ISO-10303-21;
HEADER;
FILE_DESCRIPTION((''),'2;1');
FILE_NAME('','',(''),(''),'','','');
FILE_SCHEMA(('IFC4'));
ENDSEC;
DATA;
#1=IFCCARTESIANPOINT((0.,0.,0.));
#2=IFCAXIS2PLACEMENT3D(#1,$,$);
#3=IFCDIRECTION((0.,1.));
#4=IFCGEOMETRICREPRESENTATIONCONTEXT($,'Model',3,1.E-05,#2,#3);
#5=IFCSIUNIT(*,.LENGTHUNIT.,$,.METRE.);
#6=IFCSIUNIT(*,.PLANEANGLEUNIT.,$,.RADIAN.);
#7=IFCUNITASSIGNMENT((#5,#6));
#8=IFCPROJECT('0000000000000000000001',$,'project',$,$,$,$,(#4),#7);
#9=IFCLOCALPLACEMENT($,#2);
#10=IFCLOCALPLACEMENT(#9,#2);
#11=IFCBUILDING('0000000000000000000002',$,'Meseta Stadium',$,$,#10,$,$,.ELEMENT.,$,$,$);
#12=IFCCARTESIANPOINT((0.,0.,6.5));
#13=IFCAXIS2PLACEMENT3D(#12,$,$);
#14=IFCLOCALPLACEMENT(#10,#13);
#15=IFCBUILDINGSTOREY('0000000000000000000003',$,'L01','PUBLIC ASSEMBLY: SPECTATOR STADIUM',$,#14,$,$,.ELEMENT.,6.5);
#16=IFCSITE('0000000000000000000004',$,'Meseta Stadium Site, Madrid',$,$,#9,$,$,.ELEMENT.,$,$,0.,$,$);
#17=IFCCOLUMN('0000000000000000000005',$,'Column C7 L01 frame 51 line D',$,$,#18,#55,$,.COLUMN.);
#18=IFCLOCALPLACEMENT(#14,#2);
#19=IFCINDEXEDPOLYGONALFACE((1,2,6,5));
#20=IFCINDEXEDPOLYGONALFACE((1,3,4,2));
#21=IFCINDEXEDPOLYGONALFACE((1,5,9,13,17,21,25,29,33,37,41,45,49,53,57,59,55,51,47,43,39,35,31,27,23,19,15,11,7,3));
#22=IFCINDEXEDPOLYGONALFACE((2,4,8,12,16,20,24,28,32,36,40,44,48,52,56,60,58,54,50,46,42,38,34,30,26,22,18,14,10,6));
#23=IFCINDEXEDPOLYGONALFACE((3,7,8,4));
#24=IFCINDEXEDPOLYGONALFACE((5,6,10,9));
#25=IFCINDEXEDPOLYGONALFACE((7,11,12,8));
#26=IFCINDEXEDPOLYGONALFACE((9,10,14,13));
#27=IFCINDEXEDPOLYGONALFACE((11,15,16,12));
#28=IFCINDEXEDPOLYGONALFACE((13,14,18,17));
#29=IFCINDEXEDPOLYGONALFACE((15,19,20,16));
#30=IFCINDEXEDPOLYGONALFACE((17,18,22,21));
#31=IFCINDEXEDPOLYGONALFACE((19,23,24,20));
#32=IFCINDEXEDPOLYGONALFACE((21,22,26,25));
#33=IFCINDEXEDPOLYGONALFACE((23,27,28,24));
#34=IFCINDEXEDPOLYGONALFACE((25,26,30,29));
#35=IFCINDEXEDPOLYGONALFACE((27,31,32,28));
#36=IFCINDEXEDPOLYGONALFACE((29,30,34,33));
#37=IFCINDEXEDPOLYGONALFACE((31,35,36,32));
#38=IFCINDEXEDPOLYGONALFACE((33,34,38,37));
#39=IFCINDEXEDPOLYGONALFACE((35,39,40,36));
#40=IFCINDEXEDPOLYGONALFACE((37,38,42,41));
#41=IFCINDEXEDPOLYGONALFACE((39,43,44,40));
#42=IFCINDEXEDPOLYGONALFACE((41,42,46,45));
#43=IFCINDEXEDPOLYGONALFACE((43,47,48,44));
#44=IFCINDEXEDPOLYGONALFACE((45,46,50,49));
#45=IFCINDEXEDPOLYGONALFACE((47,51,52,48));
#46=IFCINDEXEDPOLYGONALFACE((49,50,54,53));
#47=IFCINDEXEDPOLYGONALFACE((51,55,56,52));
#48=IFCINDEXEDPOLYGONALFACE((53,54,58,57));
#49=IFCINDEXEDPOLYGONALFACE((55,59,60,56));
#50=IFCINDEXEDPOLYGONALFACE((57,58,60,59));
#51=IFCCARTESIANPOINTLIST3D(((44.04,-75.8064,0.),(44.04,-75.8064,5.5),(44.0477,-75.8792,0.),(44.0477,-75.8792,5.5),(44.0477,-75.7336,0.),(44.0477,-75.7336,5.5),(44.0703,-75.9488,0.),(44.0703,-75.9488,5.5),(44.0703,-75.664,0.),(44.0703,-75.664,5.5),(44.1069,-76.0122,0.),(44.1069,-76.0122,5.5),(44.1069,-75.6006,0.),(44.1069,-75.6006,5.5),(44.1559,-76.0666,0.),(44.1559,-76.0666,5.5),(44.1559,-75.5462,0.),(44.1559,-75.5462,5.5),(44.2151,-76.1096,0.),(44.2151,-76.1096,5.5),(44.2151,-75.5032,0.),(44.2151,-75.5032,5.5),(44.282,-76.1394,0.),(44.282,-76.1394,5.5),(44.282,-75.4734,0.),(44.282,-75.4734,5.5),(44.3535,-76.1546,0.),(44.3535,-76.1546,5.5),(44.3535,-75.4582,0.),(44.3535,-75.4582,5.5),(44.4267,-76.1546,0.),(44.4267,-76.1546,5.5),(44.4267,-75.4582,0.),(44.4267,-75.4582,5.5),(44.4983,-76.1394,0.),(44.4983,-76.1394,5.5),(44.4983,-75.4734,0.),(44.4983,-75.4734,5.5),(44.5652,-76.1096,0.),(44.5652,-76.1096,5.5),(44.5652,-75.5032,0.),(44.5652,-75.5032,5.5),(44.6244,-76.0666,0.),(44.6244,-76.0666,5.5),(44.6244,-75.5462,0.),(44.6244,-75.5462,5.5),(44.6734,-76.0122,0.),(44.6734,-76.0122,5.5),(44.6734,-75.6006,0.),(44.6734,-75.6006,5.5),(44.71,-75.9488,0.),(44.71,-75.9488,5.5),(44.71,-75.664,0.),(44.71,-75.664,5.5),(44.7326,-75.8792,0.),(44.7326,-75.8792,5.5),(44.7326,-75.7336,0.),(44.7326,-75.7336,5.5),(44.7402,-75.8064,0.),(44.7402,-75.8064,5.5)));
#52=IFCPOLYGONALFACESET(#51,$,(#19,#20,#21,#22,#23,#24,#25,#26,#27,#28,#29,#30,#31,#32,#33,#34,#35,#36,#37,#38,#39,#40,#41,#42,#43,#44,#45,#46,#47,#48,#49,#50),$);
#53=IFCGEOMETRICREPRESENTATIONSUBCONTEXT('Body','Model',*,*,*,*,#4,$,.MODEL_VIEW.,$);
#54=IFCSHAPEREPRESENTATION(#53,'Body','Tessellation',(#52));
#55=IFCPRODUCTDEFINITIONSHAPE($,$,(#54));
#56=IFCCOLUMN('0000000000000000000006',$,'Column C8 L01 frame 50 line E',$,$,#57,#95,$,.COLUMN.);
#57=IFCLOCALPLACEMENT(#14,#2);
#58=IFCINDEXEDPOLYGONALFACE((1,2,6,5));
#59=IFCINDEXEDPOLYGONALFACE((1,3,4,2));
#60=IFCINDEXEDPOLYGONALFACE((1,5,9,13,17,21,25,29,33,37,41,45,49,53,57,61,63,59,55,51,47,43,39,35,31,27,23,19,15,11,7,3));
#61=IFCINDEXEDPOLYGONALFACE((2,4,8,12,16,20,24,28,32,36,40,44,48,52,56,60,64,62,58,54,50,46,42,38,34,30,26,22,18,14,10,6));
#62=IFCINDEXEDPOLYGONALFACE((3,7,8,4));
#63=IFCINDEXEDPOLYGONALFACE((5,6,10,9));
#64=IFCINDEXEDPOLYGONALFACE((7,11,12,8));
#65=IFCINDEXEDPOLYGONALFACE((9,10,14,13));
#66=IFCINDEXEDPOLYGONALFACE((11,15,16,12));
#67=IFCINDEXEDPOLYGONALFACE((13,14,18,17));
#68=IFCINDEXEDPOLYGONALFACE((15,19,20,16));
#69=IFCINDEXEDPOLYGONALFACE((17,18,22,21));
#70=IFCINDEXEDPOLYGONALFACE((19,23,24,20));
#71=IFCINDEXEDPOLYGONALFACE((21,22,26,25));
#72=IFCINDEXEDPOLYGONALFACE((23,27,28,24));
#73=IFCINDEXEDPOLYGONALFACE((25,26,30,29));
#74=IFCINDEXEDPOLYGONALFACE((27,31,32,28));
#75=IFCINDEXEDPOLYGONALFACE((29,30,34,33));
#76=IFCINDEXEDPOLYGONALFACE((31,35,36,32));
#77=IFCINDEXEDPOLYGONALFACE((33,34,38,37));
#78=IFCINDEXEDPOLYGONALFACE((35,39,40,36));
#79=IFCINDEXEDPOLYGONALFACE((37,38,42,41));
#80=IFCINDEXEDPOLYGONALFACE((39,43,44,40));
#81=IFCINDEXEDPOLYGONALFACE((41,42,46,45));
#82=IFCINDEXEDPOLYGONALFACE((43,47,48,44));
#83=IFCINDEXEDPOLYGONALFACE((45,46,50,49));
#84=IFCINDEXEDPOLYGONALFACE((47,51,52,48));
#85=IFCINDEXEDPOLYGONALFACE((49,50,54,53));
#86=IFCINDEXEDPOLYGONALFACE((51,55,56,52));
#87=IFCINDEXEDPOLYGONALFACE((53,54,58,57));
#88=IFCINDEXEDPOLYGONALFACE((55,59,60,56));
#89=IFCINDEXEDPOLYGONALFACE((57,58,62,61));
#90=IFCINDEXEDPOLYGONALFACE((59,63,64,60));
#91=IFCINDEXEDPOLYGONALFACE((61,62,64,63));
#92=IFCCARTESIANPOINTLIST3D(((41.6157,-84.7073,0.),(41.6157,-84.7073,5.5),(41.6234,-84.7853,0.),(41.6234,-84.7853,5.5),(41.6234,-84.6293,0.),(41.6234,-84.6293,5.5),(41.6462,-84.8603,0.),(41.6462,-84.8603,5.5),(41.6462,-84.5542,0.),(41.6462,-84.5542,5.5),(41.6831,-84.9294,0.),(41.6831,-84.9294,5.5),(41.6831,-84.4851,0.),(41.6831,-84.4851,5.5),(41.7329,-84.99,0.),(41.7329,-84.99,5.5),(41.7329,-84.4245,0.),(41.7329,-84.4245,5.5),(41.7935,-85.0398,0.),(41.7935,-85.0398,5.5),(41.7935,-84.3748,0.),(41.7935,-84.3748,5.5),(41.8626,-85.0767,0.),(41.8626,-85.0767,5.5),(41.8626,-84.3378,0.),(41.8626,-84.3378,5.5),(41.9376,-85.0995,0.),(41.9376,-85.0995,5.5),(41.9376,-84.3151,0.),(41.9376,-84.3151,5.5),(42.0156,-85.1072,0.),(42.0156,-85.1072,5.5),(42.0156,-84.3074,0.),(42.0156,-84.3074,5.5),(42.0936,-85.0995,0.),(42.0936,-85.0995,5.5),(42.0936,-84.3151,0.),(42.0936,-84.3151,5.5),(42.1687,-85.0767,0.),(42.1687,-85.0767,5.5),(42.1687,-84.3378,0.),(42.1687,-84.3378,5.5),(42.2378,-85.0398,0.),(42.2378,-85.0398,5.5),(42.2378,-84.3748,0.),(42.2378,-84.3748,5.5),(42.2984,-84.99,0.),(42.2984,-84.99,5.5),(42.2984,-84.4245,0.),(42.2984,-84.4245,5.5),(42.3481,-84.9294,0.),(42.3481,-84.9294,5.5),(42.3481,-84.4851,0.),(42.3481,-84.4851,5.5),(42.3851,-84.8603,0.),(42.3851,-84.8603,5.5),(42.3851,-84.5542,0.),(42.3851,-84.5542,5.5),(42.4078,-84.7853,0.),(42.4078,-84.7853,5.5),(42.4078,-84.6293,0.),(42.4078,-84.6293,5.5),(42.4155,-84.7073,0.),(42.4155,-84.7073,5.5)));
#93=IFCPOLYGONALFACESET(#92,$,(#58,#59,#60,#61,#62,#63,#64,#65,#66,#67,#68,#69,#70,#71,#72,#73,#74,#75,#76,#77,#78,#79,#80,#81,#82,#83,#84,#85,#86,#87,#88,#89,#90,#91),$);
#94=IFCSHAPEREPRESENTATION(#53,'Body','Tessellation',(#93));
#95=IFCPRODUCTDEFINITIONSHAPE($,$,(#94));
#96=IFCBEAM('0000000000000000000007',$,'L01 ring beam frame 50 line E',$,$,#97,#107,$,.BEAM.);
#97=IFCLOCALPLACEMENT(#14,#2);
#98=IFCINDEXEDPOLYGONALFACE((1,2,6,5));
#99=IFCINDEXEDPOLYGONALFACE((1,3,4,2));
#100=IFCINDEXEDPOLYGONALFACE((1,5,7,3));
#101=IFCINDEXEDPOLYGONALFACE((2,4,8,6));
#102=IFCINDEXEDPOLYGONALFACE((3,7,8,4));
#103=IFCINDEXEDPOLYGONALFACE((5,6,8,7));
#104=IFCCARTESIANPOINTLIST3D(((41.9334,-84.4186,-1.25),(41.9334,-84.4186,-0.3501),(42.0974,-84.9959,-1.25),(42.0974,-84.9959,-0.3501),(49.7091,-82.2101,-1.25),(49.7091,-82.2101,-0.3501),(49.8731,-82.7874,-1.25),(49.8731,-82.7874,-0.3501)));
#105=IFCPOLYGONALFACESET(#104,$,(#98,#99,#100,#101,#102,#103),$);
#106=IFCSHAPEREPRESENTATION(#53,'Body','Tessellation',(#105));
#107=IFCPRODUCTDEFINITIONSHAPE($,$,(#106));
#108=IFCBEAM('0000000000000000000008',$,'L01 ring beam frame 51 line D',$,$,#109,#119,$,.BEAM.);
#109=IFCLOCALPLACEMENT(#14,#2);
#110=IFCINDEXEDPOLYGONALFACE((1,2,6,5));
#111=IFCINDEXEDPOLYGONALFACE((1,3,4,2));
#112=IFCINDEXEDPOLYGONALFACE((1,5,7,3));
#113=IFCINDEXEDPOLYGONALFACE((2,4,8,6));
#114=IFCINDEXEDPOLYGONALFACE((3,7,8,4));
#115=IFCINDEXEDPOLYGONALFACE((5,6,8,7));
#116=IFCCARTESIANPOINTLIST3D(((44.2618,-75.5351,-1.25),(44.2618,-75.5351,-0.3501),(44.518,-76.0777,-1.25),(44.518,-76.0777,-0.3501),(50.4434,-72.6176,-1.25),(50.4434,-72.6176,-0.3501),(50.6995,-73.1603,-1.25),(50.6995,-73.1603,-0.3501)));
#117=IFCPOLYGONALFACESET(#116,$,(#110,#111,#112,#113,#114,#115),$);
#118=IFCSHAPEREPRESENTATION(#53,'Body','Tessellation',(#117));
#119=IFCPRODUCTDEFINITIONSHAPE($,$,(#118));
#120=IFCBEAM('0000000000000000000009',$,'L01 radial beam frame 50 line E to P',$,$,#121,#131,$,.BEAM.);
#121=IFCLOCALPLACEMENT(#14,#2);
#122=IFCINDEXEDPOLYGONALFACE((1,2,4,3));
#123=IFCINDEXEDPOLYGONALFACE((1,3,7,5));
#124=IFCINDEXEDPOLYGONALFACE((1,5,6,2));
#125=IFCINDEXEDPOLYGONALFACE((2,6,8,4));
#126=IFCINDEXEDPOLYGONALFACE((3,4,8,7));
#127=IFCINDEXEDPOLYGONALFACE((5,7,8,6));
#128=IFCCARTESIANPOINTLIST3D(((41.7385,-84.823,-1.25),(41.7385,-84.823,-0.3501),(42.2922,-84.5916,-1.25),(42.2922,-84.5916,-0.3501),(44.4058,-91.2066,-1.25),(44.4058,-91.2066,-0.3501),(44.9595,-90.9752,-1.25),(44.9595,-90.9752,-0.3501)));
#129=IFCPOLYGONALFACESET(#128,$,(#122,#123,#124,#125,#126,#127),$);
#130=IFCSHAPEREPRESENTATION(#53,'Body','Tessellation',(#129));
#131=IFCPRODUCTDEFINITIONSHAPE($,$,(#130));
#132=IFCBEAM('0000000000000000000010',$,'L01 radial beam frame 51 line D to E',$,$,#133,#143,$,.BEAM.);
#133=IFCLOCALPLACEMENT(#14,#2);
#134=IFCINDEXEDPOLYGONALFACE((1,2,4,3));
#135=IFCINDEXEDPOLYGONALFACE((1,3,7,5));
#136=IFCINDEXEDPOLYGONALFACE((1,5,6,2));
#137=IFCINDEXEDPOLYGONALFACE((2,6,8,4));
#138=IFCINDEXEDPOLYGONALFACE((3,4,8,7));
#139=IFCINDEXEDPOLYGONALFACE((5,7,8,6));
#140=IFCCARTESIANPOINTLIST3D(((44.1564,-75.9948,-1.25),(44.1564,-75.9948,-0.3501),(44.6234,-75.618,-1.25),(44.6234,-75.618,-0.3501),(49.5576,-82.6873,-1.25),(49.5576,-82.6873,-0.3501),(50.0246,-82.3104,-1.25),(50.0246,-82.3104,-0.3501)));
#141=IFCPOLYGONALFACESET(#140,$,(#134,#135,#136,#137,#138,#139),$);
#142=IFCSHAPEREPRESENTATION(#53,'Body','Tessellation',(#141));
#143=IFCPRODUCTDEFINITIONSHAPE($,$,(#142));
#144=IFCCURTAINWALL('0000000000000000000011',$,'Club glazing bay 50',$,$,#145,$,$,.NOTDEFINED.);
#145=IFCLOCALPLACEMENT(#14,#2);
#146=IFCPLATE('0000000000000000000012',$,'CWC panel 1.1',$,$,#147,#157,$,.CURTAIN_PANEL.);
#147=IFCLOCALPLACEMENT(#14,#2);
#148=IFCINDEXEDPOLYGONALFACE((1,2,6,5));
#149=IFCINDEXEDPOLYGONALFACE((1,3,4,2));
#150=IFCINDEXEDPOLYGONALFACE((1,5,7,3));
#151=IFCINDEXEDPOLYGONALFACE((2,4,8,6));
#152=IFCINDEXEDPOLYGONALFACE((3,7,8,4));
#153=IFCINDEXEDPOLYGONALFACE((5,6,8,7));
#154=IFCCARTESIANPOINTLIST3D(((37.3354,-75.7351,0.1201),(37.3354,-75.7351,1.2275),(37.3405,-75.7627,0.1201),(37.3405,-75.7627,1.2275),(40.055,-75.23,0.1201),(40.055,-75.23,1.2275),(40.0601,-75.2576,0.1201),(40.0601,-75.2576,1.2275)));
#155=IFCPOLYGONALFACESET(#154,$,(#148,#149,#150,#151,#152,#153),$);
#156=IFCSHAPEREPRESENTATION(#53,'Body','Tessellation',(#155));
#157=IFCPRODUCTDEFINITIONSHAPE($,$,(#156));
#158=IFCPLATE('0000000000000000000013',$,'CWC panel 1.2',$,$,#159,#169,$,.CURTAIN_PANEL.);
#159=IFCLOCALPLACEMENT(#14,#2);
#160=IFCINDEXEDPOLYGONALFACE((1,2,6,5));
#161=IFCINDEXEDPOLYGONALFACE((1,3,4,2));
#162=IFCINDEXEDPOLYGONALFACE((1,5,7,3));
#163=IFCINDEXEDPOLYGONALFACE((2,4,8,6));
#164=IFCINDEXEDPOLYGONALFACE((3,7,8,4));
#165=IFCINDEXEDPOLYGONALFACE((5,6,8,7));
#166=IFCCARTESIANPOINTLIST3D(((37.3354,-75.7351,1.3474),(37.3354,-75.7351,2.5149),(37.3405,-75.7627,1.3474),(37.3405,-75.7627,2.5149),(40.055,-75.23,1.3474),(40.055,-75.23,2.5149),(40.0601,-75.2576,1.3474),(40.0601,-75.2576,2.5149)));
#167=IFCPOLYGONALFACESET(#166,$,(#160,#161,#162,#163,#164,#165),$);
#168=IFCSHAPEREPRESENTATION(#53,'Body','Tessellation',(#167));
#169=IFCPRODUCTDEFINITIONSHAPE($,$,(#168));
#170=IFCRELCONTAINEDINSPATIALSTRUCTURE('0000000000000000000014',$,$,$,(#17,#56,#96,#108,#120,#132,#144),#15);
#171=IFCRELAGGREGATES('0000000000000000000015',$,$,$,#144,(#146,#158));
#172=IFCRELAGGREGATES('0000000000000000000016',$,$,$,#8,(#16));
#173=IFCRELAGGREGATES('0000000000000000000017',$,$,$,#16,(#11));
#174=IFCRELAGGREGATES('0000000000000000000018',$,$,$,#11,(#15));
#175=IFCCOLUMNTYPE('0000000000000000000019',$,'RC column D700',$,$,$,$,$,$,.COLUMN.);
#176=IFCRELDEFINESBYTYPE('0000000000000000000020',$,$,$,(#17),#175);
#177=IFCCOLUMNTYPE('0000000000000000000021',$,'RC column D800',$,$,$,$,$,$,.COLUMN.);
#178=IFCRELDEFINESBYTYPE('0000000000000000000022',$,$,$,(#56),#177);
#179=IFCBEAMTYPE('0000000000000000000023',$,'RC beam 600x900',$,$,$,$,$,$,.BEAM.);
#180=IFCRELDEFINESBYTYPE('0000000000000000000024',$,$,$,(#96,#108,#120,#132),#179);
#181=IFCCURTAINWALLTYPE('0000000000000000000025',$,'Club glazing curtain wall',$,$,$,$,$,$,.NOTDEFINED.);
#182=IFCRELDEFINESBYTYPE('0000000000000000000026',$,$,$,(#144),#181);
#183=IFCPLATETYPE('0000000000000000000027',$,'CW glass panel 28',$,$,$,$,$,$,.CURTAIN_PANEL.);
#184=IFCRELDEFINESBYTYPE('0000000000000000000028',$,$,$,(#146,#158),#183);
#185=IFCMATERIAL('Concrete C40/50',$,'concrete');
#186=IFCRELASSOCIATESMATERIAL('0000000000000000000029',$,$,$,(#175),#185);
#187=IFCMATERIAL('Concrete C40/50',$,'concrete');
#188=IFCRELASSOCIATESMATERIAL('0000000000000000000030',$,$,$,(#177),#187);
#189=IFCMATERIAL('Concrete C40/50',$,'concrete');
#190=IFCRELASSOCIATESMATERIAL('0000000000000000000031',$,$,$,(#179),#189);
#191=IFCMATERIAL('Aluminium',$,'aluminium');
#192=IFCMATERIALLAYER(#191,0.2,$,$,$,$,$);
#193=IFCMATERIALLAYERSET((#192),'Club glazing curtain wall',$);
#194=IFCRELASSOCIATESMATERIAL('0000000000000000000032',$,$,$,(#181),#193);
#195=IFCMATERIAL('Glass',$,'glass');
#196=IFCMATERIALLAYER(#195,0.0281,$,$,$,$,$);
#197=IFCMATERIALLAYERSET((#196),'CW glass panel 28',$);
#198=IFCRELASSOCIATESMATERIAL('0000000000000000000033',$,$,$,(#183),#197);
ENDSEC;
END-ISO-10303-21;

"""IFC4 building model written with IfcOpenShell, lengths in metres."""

from ifc_helpers import new_model, si_unit, direction, frame, origin, origin_2d, place, context, subcontext, project, spatial, rectangle, circle, extrude, material, layer, layer_set, material_profile, profile_set, type_object, element, aggregate, save


model = new_model("IFC4")

# Units and contexts
model_context = context("Model", 3, precision=1e-05, world=origin(), true_north=direction((0.0, 1.0)))
body_context = subcontext(model_context, "Body", "Model", "MODEL_VIEW")
ifc_project = project(units=[si_unit("LENGTHUNIT", "METRE"), si_unit("PLANEANGLEUNIT", "RADIAN")], contexts=[model_context])

# Site, building, storey
site_placement = place(None, origin())
site = spatial("IfcSite", under=ifc_project, at=site_placement, Name="Meseta Stadium Site, Madrid", CompositionType="ELEMENT", RefElevation=0.0)
building_placement = place(site_placement, origin())
building = spatial("IfcBuilding", under=site, at=building_placement, Name="Meseta Stadium", CompositionType="ELEMENT")
storey_placement = place(building_placement, frame((0.0, 0.0, 6.5)))
storey = spatial("IfcBuildingStorey", under=building, at=storey_placement, Name="L01", Description="PUBLIC ASSEMBLY: SPECTATOR STADIUM", CompositionType="ELEMENT", Elevation=6.5)

# Columns
ifc_material_1 = material(Name="Concrete C40/50", Category="concrete")
ifc_material_profile_1 = material_profile(ifc_material_1, circle(Radius=0.3501, at=origin_2d()), Name="RC D700")
ifc_profile_set_1 = profile_set([ifc_material_profile_1], Name="Concrete C40/50")
column_type_1 = type_object("IfcColumnType", Name="RC column D700", PredefinedType="COLUMN", material=ifc_profile_set_1)
column_1_placement = place(storey_placement, frame((44.3901, -75.8064, 0.0), z_axis=(0.0, 0.0, 1.0), x_axis=(1.0, 0.0, 0.0)))
element("IfcColumn", 1, at=column_1_placement, inside=storey, type_object=column_type_1, Name="Column C7 L01 frame 51 line D", PredefinedType="COLUMN", context=body_context, shape_type="SweptSolid", body=[
    extrude(circle(Radius=0.3501, at=origin_2d()), origin(), (0.0, 0.0, 1.0), 5.5),
])
ifc_material_2 = material(Name="Concrete C40/50", Category="concrete")
ifc_material_profile_2 = material_profile(ifc_material_2, circle(Radius=0.3999, at=origin_2d()), Name="RC D800")
ifc_profile_set_2 = profile_set([ifc_material_profile_2], Name="Concrete C40/50")
column_type_2 = type_object("IfcColumnType", Name="RC column D800", PredefinedType="COLUMN", material=ifc_profile_set_2)
column_2_placement = place(storey_placement, frame((42.0156, -84.7073, 0.0), z_axis=(0.0, 0.0, 1.0), x_axis=(1.0, 0.0, 0.0)))
element("IfcColumn", 2, at=column_2_placement, inside=storey, type_object=column_type_2, Name="Column C8 L01 frame 50 line E", PredefinedType="COLUMN", context=body_context, shape_type="SweptSolid", body=[
    extrude(circle(Radius=0.3999, at=origin_2d()), origin(), (0.0, 0.0, 1.0), 5.5),
])

# Beams
ifc_material_3 = material(Name="Concrete C40/50", Category="concrete")
ifc_material_profile_3 = material_profile(ifc_material_3, rectangle(XDim=0.6001, YDim=0.8999, at=origin_2d()), Name="RC 600x900")
ifc_profile_set_3 = profile_set([ifc_material_profile_3], Name="Concrete C40/50")
beam_type = type_object("IfcBeamType", Name="RC beam 600x900", PredefinedType="BEAM", material=ifc_profile_set_3)
beam_1_placement = place(storey_placement, frame((42.0154, -84.7073, -0.8), z_axis=(0.961951, 0.273221, 0.0), x_axis=(-0.273221, 0.961951, 0.0)))
element("IfcBeam", 3, at=beam_1_placement, inside=storey, type_object=beam_type, Name="L01 ring beam frame 50 line E", PredefinedType="BEAM", context=body_context, shape_type="SweptSolid", body=[
    extrude(rectangle(XDim=0.6001, YDim=0.8999, at=origin_2d()), origin(), (0.0, 0.0, 1.0), 8.0833),
])
beam_2_placement = place(storey_placement, frame((44.3899, -75.8064, -0.8), z_axis=(0.904341, 0.426812, 0.0), x_axis=(-0.426812, 0.904341, 0.0)))
element("IfcBeam", 4, at=beam_2_placement, inside=storey, type_object=beam_type, Name="L01 ring beam frame 51 line D", PredefinedType="BEAM", context=body_context, shape_type="SweptSolid", body=[
    extrude(rectangle(XDim=0.6001, YDim=0.8999, at=origin_2d()), origin(), (0.0, 0.0, 1.0), 6.8354),
])
beam_3_placement = place(storey_placement, frame((42.0154, -84.7073, -0.8), z_axis=(0.38553, -0.922695, 0.0), x_axis=(0.922695, 0.38553, 0.0)))
element("IfcBeam", 5, at=beam_3_placement, inside=storey, type_object=beam_type, Name="L01 radial beam frame 50 line E to P", PredefinedType="BEAM", context=body_context, shape_type="SweptSolid", body=[
    extrude(rectangle(XDim=0.6001, YDim=0.8999, at=origin_2d()), origin(), (0.0, 0.0, 1.0), 6.9185),
])
beam_4_placement = place(storey_placement, frame((44.3899, -75.8064, -0.8), z_axis=(0.628037, -0.778183, 0.0), x_axis=(0.778183, 0.628037, 0.0)))
element("IfcBeam", 6, at=beam_4_placement, inside=storey, type_object=beam_type, Name="L01 radial beam frame 51 line D to E", PredefinedType="BEAM", context=body_context, shape_type="SweptSolid", body=[
    extrude(rectangle(XDim=0.6001, YDim=0.8999, at=origin_2d()), origin(), (0.0, 0.0, 1.0), 8.6001),
])

# Curtain wall, plates
ifc_material_4 = material(Name="Aluminium", Category="aluminium")
ifc_layer_1 = layer(ifc_material_4, 0.2)
ifc_layer_set_1 = layer_set([ifc_layer_1], Name="Club glazing curtain wall")
curtain_wall_type = type_object("IfcCurtainWallType", Name="Club glazing curtain wall", PredefinedType="NOTDEFINED", material=ifc_layer_set_1)
curtain_wall_placement = place(storey_placement, origin())
curtain_wall = element("IfcCurtainWall", 7, at=curtain_wall_placement, inside=storey, type_object=curtain_wall_type, Name="Club glazing bay 50", PredefinedType="NOTDEFINED")
ifc_material_5 = material(Name="Glass", Category="glass")
ifc_layer_2 = layer(ifc_material_5, 0.0281)
ifc_layer_set_2 = layer_set([ifc_layer_2], Name="CW glass panel 28")
plate_type = type_object("IfcPlateType", Name="CW glass panel 28", PredefinedType="CURTAIN_PANEL", material=ifc_layer_set_2)
plate_1_placement = place(storey_placement, frame((38.6978, -75.4963, 0.1201), z_axis=(0.0, 0.0, 1.0), x_axis=(0.983187, 0.1826, 0.0)))
plate_1 = element("IfcPlate", 8, at=plate_1_placement, type_object=plate_type, Name="CWC panel 1.1", PredefinedType="CURTAIN_PANEL", context=body_context, shape_type="SweptSolid", body=[
    extrude(rectangle(XDim=2.7661, YDim=0.0281, at=origin_2d()), origin(), (0.0, 0.0, 1.0), 1.1074),
])
plate_2_placement = place(storey_placement, frame((38.6978, -75.4963, 1.3474), z_axis=(0.0, 0.0, 1.0), x_axis=(0.983187, 0.1826, 0.0)))
plate_2 = element("IfcPlate", 9, at=plate_2_placement, type_object=plate_type, Name="CWC panel 1.2", PredefinedType="CURTAIN_PANEL", context=body_context, shape_type="SweptSolid", body=[
    extrude(rectangle(XDim=2.7661, YDim=0.0281, at=origin_2d()), origin(), (0.0, 0.0, 1.0), 1.1675),
])
aggregate(curtain_wall, [plate_1, plate_2])

save(model, "model.ifc")
